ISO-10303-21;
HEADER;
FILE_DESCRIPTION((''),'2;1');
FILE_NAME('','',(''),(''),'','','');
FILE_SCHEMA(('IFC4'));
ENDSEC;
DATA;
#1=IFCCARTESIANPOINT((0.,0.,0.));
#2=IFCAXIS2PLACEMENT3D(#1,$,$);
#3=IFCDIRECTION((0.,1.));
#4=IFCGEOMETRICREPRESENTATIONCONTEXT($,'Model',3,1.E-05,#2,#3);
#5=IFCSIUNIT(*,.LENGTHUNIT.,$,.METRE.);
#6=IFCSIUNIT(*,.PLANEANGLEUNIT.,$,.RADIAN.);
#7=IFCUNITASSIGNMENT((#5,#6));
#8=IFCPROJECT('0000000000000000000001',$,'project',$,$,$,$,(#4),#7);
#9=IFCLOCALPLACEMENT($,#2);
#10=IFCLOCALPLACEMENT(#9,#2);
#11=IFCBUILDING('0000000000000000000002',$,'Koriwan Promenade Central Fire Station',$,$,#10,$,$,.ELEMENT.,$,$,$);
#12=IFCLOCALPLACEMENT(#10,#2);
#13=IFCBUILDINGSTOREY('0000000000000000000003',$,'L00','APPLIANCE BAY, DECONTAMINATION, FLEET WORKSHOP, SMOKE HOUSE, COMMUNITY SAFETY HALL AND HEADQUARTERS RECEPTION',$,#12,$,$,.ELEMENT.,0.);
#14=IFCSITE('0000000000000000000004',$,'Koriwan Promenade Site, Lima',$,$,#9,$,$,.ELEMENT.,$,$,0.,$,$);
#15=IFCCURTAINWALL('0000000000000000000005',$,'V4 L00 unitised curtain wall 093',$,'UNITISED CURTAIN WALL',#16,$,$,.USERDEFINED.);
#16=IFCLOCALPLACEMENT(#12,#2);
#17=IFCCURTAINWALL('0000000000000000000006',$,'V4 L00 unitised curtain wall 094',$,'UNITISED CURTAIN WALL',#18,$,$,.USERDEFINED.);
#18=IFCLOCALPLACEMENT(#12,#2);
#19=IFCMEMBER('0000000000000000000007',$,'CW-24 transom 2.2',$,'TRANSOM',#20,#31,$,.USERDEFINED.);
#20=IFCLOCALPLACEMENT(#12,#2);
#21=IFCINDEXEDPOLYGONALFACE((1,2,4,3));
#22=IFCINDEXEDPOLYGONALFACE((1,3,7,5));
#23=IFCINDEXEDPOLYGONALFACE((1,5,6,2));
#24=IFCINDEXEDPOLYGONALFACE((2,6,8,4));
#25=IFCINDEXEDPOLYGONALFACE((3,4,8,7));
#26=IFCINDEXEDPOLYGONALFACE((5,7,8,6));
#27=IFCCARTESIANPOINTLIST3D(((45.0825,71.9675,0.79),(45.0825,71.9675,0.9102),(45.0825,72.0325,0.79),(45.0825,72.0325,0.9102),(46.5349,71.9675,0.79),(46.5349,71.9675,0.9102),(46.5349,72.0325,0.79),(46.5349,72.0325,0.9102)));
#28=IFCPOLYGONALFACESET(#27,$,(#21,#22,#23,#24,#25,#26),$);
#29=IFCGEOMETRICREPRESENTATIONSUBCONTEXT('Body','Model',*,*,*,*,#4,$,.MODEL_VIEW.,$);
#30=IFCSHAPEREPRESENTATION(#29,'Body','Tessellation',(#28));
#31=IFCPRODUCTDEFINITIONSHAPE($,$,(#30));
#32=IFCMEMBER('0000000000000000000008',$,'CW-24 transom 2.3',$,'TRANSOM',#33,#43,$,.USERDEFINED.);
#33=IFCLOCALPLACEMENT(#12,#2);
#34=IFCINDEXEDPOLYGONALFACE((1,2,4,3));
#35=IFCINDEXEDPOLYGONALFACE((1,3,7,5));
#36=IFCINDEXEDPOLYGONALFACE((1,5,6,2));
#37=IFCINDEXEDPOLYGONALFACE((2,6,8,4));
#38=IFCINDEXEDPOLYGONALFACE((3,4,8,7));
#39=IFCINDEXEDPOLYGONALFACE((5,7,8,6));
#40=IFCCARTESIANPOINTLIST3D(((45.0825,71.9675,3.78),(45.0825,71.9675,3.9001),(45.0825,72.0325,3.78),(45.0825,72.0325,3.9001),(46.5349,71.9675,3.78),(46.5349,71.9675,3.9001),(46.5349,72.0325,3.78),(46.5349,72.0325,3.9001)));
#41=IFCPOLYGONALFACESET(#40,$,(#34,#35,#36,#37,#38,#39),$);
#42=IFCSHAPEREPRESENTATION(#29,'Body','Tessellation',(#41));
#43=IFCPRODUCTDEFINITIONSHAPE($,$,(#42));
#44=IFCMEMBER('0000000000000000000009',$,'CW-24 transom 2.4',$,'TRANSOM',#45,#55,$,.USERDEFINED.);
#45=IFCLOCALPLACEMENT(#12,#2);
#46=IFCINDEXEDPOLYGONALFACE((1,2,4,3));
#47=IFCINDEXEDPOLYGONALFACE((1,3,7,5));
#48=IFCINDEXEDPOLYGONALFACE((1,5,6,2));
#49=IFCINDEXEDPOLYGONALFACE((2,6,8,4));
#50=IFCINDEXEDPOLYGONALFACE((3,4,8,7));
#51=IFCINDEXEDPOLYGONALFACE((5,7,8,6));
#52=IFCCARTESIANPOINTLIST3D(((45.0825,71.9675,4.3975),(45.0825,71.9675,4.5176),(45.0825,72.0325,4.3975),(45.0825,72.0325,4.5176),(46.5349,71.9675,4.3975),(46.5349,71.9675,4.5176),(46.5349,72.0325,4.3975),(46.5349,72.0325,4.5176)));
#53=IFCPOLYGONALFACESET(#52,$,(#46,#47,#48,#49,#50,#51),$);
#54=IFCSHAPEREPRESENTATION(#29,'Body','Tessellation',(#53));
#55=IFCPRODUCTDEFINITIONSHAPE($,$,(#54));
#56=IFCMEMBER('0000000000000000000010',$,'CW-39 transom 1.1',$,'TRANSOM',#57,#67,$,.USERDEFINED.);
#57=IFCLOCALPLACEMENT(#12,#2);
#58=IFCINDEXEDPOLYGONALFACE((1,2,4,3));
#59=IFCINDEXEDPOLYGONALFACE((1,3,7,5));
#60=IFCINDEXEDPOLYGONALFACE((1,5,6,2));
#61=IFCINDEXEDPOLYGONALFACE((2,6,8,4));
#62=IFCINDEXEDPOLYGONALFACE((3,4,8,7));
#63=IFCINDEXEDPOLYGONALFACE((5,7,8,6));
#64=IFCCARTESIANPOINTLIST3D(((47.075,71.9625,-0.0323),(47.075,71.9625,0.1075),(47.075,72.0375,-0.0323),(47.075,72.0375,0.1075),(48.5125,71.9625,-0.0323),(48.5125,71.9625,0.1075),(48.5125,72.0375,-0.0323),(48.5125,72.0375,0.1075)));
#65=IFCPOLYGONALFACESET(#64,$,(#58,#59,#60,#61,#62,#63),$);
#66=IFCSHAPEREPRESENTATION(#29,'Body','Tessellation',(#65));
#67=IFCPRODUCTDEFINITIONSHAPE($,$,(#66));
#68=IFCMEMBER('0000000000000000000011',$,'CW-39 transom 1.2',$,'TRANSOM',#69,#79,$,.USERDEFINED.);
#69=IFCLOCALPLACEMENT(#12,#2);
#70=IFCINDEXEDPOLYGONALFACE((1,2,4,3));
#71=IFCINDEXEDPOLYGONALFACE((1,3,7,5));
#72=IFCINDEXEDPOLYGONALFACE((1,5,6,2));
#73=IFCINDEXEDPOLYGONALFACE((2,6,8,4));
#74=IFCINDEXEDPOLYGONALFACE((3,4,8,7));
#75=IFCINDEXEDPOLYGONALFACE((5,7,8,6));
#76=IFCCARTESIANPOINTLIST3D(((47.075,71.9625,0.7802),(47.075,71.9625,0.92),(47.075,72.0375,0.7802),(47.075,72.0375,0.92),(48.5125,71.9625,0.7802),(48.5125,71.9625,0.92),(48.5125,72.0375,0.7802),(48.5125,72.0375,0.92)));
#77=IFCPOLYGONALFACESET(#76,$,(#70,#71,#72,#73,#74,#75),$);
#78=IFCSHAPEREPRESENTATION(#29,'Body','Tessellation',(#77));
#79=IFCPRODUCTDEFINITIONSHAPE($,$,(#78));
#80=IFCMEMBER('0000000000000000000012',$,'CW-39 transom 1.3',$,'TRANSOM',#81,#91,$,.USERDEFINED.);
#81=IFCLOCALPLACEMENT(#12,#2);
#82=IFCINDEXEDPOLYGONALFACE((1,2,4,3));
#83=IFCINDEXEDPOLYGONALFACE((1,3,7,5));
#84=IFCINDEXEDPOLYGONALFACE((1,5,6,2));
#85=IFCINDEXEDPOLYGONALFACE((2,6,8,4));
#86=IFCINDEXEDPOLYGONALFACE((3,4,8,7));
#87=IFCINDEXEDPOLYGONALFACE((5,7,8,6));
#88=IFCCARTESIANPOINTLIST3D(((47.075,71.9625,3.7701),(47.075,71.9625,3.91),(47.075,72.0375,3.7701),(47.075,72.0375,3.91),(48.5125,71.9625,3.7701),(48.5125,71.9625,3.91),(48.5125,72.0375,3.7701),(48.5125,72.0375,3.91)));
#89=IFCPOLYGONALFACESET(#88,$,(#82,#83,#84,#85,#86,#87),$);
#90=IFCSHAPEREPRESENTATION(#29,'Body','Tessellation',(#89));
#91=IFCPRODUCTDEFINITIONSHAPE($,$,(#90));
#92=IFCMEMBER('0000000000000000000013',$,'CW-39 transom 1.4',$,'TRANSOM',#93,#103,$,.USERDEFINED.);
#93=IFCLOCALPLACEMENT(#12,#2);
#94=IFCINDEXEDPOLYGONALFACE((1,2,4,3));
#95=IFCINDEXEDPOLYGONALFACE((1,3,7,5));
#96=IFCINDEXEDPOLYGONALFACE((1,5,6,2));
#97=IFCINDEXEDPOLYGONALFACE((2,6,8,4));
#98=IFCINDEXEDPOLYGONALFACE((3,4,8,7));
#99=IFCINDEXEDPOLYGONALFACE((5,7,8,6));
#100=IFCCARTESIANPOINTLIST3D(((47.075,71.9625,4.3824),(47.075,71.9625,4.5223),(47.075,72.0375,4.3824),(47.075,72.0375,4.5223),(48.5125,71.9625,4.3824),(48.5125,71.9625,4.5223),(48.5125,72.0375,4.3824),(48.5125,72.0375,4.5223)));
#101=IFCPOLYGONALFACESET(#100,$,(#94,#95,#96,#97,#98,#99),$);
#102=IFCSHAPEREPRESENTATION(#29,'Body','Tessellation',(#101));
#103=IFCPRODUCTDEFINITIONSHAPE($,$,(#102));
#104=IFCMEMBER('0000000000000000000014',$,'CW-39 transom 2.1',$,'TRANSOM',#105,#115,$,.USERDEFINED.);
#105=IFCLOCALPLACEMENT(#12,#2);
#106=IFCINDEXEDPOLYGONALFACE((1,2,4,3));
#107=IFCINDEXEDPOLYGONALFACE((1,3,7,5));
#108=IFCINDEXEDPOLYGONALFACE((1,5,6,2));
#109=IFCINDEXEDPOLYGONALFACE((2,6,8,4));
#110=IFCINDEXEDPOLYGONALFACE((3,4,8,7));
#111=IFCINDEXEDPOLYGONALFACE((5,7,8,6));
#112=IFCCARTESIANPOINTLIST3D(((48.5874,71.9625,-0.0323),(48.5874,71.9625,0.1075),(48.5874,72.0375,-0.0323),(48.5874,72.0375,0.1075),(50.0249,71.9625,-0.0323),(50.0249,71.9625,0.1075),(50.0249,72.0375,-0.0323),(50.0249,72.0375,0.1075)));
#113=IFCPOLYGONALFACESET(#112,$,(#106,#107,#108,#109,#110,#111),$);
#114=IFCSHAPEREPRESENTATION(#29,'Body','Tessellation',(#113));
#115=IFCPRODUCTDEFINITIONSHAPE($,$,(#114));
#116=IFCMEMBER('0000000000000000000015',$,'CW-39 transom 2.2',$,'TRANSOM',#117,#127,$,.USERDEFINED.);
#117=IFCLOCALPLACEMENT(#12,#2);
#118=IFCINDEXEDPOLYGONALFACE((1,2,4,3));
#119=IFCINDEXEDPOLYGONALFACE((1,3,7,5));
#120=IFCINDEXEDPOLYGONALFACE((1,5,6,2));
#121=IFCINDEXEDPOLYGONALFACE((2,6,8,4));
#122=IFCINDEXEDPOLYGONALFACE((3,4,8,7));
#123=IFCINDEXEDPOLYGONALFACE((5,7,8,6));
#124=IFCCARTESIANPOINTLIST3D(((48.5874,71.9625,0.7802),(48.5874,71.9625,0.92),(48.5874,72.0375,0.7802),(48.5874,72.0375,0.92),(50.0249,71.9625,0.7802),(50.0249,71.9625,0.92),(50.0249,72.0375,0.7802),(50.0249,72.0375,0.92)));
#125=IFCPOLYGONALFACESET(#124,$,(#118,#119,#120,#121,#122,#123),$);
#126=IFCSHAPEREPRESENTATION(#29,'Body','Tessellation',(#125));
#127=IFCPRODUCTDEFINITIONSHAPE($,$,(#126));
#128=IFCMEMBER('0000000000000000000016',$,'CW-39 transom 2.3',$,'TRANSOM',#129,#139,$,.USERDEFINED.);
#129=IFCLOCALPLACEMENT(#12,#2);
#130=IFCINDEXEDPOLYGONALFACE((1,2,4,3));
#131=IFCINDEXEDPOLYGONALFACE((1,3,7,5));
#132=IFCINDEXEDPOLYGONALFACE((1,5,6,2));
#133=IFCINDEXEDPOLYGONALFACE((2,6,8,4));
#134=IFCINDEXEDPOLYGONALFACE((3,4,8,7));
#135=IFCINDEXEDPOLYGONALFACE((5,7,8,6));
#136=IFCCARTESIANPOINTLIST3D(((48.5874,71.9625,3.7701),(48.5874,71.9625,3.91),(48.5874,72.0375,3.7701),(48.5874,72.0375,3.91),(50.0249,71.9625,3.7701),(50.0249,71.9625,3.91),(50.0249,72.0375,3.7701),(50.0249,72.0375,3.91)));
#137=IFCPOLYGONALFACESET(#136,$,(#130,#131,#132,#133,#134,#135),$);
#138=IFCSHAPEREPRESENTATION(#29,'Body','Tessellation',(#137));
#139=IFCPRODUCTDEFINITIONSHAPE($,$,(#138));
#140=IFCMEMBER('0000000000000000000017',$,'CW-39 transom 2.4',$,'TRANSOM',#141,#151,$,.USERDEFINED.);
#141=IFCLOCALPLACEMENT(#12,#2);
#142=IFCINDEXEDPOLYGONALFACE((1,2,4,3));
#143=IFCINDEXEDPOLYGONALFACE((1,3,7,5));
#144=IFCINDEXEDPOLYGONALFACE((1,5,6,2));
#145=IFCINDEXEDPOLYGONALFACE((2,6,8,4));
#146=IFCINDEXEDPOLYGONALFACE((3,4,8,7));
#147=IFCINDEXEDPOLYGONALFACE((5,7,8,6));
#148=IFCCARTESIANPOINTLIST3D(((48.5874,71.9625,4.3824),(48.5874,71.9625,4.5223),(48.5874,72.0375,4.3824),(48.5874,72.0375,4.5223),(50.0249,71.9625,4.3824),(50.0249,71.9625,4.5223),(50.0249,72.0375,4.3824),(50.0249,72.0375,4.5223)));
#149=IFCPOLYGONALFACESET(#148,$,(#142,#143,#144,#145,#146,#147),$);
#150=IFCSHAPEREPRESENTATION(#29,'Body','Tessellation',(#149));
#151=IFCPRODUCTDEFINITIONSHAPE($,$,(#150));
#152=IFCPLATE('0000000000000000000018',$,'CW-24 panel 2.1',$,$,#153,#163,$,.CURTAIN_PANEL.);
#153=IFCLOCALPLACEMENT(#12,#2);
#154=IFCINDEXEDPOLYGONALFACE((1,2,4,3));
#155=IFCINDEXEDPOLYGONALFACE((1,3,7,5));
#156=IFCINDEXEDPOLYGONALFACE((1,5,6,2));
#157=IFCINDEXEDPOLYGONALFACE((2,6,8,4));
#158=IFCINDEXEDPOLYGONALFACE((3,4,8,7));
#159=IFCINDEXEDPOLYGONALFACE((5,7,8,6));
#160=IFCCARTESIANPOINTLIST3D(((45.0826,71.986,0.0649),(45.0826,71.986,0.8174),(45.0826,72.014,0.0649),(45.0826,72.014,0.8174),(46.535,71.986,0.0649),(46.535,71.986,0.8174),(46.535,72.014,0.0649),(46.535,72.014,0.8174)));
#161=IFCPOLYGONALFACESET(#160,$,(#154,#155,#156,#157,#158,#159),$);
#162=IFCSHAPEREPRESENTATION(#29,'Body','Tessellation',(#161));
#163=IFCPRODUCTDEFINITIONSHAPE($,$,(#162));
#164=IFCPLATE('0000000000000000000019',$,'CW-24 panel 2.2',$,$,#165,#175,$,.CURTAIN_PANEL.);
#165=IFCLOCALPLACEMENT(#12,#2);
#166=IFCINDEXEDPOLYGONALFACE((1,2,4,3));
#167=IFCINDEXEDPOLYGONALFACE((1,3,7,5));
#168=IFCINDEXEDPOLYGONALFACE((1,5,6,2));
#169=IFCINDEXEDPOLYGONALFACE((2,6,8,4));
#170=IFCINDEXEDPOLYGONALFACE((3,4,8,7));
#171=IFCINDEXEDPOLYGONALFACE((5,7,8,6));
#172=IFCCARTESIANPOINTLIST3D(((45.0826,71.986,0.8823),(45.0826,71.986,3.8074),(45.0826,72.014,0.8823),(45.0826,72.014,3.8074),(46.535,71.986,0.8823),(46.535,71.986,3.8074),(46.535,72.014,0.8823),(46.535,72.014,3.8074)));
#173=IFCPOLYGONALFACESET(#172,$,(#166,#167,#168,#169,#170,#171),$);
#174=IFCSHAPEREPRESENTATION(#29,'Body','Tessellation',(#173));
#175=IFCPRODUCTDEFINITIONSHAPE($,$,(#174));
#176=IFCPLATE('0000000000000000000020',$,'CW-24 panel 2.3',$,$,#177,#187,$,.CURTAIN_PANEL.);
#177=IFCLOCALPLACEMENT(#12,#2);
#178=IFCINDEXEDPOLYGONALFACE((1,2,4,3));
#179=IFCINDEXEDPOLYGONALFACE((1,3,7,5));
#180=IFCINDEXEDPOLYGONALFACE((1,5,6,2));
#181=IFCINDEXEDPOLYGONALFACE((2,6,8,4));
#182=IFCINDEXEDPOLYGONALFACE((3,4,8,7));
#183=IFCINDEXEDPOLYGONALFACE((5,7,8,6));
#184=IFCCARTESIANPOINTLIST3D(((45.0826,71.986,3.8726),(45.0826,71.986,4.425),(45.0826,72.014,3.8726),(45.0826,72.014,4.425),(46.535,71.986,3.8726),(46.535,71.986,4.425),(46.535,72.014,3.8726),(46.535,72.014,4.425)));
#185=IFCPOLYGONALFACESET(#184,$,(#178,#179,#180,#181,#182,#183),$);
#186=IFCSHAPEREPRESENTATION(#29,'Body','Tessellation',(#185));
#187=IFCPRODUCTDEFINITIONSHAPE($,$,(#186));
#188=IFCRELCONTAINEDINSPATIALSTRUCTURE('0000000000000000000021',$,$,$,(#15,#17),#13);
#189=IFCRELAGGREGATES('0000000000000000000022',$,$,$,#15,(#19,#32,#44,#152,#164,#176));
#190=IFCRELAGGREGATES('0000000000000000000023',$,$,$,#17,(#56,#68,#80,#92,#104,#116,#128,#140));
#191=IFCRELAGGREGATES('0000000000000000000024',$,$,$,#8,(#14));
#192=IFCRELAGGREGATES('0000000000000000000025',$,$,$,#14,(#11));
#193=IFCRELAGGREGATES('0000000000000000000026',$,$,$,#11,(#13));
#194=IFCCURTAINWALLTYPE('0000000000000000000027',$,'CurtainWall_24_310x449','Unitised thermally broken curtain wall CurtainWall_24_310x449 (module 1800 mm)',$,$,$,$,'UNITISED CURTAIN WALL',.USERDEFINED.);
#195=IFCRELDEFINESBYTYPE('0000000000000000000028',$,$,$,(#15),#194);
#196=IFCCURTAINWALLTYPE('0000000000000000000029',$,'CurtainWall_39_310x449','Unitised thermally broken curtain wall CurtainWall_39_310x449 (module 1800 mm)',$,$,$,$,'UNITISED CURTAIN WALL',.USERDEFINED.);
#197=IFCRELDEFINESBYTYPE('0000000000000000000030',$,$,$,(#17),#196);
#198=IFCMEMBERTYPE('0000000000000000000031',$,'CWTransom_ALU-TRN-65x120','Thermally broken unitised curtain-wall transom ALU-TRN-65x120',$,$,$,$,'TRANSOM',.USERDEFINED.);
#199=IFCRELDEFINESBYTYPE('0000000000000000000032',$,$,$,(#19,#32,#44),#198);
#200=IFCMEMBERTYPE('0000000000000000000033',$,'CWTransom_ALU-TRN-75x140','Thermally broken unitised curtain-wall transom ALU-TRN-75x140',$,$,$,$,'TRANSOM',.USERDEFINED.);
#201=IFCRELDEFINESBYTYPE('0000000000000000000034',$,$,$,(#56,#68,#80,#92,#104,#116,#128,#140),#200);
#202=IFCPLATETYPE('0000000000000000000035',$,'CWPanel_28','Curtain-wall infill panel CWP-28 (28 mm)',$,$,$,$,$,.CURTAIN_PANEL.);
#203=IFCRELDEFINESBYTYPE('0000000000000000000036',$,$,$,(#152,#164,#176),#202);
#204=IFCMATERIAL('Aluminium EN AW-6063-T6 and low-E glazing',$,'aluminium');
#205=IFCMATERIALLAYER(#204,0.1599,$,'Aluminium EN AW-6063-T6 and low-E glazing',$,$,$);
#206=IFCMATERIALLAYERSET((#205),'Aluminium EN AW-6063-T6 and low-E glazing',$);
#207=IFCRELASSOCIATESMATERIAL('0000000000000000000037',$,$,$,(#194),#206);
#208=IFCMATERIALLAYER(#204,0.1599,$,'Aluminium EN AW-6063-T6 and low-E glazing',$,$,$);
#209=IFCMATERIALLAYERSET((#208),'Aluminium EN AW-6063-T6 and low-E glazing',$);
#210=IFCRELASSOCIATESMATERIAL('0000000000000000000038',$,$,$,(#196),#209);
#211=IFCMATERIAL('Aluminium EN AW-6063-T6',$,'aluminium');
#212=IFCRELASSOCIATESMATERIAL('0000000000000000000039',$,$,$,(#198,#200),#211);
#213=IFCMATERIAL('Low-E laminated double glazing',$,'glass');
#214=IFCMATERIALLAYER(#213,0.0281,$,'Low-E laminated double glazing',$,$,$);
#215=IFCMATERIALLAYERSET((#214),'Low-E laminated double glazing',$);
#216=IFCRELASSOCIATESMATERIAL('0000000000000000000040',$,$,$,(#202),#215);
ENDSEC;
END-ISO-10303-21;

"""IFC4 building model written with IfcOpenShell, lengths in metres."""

from ifc_helpers import new_model, si_unit, direction, frame, origin, origin_2d, place, context, subcontext, project, spatial, rectangle, extrude, material, layer, layer_set, material_profile, profile_set, type_object, element, aggregate, save


model = new_model("IFC4")

# Units and contexts
model_context = context("Model", 3, precision=1e-05, world=origin(), true_north=direction((0.0, 1.0)))
body_context = subcontext(model_context, "Body", "Model", "MODEL_VIEW")
ifc_project = project(units=[si_unit("LENGTHUNIT", "METRE"), si_unit("PLANEANGLEUNIT", "RADIAN")], contexts=[model_context])

# Site, building, storey
site_placement = place(None, origin())
site = spatial("IfcSite", under=ifc_project, at=site_placement, Name="Koriwan Promenade Site, Lima", CompositionType="ELEMENT", RefElevation=0.0)
building_placement = place(site_placement, origin())
building = spatial("IfcBuilding", under=site, at=building_placement, Name="Koriwan Promenade Central Fire Station", CompositionType="ELEMENT")
storey_placement = place(building_placement, origin())
storey = spatial("IfcBuildingStorey", under=building, at=storey_placement, Name="L00", Description="APPLIANCE BAY, DECONTAMINATION, FLEET WORKSHOP, SMOKE HOUSE, COMMUNITY SAFETY HALL AND HEADQUARTERS RECEPTION", CompositionType="ELEMENT", Elevation=0.0)

# Curtain wall
ifc_material_1 = material(Name="Aluminium EN AW-6063-T6 and low-E glazing", Category="aluminium")
ifc_layer_1 = layer(ifc_material_1, 0.1599, Name="Aluminium EN AW-6063-T6 and low-E glazing")
ifc_layer_set_1 = layer_set([ifc_layer_1], Name="Aluminium EN AW-6063-T6 and low-E glazing")
curtain_wall_type_1 = type_object("IfcCurtainWallType", Name="CurtainWall_24_310x449", Description="Unitised thermally broken curtain wall CurtainWall_24_310x449 (module 1800 mm)", ElementType="UNITISED CURTAIN WALL", PredefinedType="USERDEFINED", material=ifc_layer_set_1)
curtain_wall_1_placement = place(storey_placement, origin())
curtain_wall_1 = element("IfcCurtainWall", 1, at=curtain_wall_1_placement, inside=storey, type_object=curtain_wall_type_1, Name="V4 L00 unitised curtain wall 093", ObjectType="UNITISED CURTAIN WALL", PredefinedType="USERDEFINED")
ifc_material_2 = material(Name="Aluminium EN AW-6063-T6", Category="aluminium")

# Curtain wall
ifc_layer_2 = layer(ifc_material_1, 0.1599, Name="Aluminium EN AW-6063-T6 and low-E glazing")
ifc_layer_set_2 = layer_set([ifc_layer_2], Name="Aluminium EN AW-6063-T6 and low-E glazing")
curtain_wall_type_2 = type_object("IfcCurtainWallType", Name="CurtainWall_39_310x449", Description="Unitised thermally broken curtain wall CurtainWall_39_310x449 (module 1800 mm)", ElementType="UNITISED CURTAIN WALL", PredefinedType="USERDEFINED", material=ifc_layer_set_2)
curtain_wall_2_placement = place(storey_placement, origin())
curtain_wall_2 = element("IfcCurtainWall", 2, at=curtain_wall_2_placement, inside=storey, type_object=curtain_wall_type_2, Name="V4 L00 unitised curtain wall 094", ObjectType="UNITISED CURTAIN WALL", PredefinedType="USERDEFINED")

# Members
ifc_material_profile_1 = material_profile(ifc_material_2, rectangle(XDim=0.0649, YDim=0.1201, at=origin_2d()), Name="ALU-TRN-65x120")
ifc_profile_set_1 = profile_set([ifc_material_profile_1], Name="Aluminium EN AW-6063-T6")
member_type_1 = type_object("IfcMemberType", Name="CWTransom_ALU-TRN-65x120", Description="Thermally broken unitised curtain-wall transom ALU-TRN-65x120", ElementType="TRANSOM", PredefinedType="USERDEFINED", material=ifc_profile_set_1)
member_1_placement = place(storey_placement, frame((45.0825, 72.0, 0.8501), z_axis=(1.0, 0.0, 0.0), x_axis=(0.0, 1.0, 0.0)))
member_1 = element("IfcMember", 3, at=member_1_placement, type_object=member_type_1, Name="CW-24 transom 2.2", ObjectType="TRANSOM", PredefinedType="USERDEFINED", context=body_context, shape_type="SweptSolid", body=[
    extrude(rectangle(XDim=0.0649, YDim=0.1201, at=origin_2d()), origin(), (0.0, 0.0, 1.0), 1.4524),
])
member_2_placement = place(storey_placement, frame((45.0825, 72.0, 3.8401), z_axis=(1.0, 0.0, 0.0), x_axis=(0.0, 1.0, 0.0)))
member_2 = element("IfcMember", 4, at=member_2_placement, type_object=member_type_1, Name="CW-24 transom 2.3", ObjectType="TRANSOM", PredefinedType="USERDEFINED", context=body_context, shape_type="SweptSolid", body=[
    extrude(rectangle(XDim=0.0649, YDim=0.1201, at=origin_2d()), origin(), (0.0, 0.0, 1.0), 1.4524),
])
member_3_placement = place(storey_placement, frame((45.0825, 72.0, 4.4575), z_axis=(1.0, 0.0, 0.0), x_axis=(0.0, 1.0, 0.0)))
member_3 = element("IfcMember", 5, at=member_3_placement, type_object=member_type_1, Name="CW-24 transom 2.4", ObjectType="TRANSOM", PredefinedType="USERDEFINED", context=body_context, shape_type="SweptSolid", body=[
    extrude(rectangle(XDim=0.0649, YDim=0.1201, at=origin_2d()), origin(), (0.0, 0.0, 1.0), 1.4524),
])
ifc_material_profile_2 = material_profile(ifc_material_2, rectangle(XDim=0.075, YDim=0.1399, at=origin_2d()), Name="ALU-TRN-75x140")
ifc_profile_set_2 = profile_set([ifc_material_profile_2], Name="Aluminium EN AW-6063-T6")
member_type_2 = type_object("IfcMemberType", Name="CWTransom_ALU-TRN-75x140", Description="Thermally broken unitised curtain-wall transom ALU-TRN-75x140", ElementType="TRANSOM", PredefinedType="USERDEFINED", material=ifc_profile_set_2)
member_4_placement = place(storey_placement, frame((47.075, 72.0, 0.0376), z_axis=(1.0, 0.0, 0.0), x_axis=(0.0, 1.0, 0.0)))
member_4 = element("IfcMember", 6, at=member_4_placement, type_object=member_type_2, Name="CW-39 transom 1.1", ObjectType="TRANSOM", PredefinedType="USERDEFINED", context=body_context, shape_type="SweptSolid", body=[
    extrude(rectangle(XDim=0.075, YDim=0.1399, at=origin_2d()), origin(), (0.0, 0.0, 1.0), 1.4375),
])
member_5_placement = place(storey_placement, frame((47.075, 72.0, 0.8501), z_axis=(1.0, 0.0, 0.0), x_axis=(0.0, 1.0, 0.0)))
member_5 = element("IfcMember", 7, at=member_5_placement, type_object=member_type_2, Name="CW-39 transom 1.2", ObjectType="TRANSOM", PredefinedType="USERDEFINED", context=body_context, shape_type="SweptSolid", body=[
    extrude(rectangle(XDim=0.075, YDim=0.1399, at=origin_2d()), origin(), (0.0, 0.0, 1.0), 1.4375),
])
member_6_placement = place(storey_placement, frame((47.075, 72.0, 3.8401), z_axis=(1.0, 0.0, 0.0), x_axis=(0.0, 1.0, 0.0)))
member_6 = element("IfcMember", 8, at=member_6_placement, type_object=member_type_2, Name="CW-39 transom 1.3", ObjectType="TRANSOM", PredefinedType="USERDEFINED", context=body_context, shape_type="SweptSolid", body=[
    extrude(rectangle(XDim=0.075, YDim=0.1399, at=origin_2d()), origin(), (0.0, 0.0, 1.0), 1.4375),
])
member_7_placement = place(storey_placement, frame((47.075, 72.0, 4.4524), z_axis=(1.0, 0.0, 0.0), x_axis=(0.0, 1.0, 0.0)))
member_7 = element("IfcMember", 9, at=member_7_placement, type_object=member_type_2, Name="CW-39 transom 1.4", ObjectType="TRANSOM", PredefinedType="USERDEFINED", context=body_context, shape_type="SweptSolid", body=[
    extrude(rectangle(XDim=0.075, YDim=0.1399, at=origin_2d()), origin(), (0.0, 0.0, 1.0), 1.4375),
])
member_8_placement = place(storey_placement, frame((48.5874, 72.0, 0.0376), z_axis=(1.0, 0.0, 0.0), x_axis=(0.0, 1.0, 0.0)))
member_8 = element("IfcMember", 10, at=member_8_placement, type_object=member_type_2, Name="CW-39 transom 2.1", ObjectType="TRANSOM", PredefinedType="USERDEFINED", context=body_context, shape_type="SweptSolid", body=[
    extrude(rectangle(XDim=0.075, YDim=0.1399, at=origin_2d()), origin(), (0.0, 0.0, 1.0), 1.4375),
])
member_9_placement = place(storey_placement, frame((48.5874, 72.0, 0.8501), z_axis=(1.0, 0.0, 0.0), x_axis=(0.0, 1.0, 0.0)))
member_9 = element("IfcMember", 11, at=member_9_placement, type_object=member_type_2, Name="CW-39 transom 2.2", ObjectType="TRANSOM", PredefinedType="USERDEFINED", context=body_context, shape_type="SweptSolid", body=[
    extrude(rectangle(XDim=0.075, YDim=0.1399, at=origin_2d()), origin(), (0.0, 0.0, 1.0), 1.4375),
])
member_10_placement = place(storey_placement, frame((48.5874, 72.0, 3.8401), z_axis=(1.0, 0.0, 0.0), x_axis=(0.0, 1.0, 0.0)))
member_10 = element("IfcMember", 12, at=member_10_placement, type_object=member_type_2, Name="CW-39 transom 2.3", ObjectType="TRANSOM", PredefinedType="USERDEFINED", context=body_context, shape_type="SweptSolid", body=[
    extrude(rectangle(XDim=0.075, YDim=0.1399, at=origin_2d()), origin(), (0.0, 0.0, 1.0), 1.4375),
])
member_11_placement = place(storey_placement, frame((48.5874, 72.0, 4.4524), z_axis=(1.0, 0.0, 0.0), x_axis=(0.0, 1.0, 0.0)))
member_11 = element("IfcMember", 13, at=member_11_placement, type_object=member_type_2, Name="CW-39 transom 2.4", ObjectType="TRANSOM", PredefinedType="USERDEFINED", context=body_context, shape_type="SweptSolid", body=[
    extrude(rectangle(XDim=0.075, YDim=0.1399, at=origin_2d()), origin(), (0.0, 0.0, 1.0), 1.4375),
])

# Plates
ifc_material_3 = material(Name="Low-E laminated double glazing", Category="glass")
ifc_layer_3 = layer(ifc_material_3, 0.0281, Name="Low-E laminated double glazing")
ifc_layer_set_3 = layer_set([ifc_layer_3], Name="Low-E laminated double glazing")
plate_type_1 = type_object("IfcPlateType", Name="CWPanel_28", Description="Curtain-wall infill panel CWP-28 (28 mm)", PredefinedType="CURTAIN_PANEL", material=ifc_layer_set_3)
plate_1_placement = place(storey_placement, frame((45.8088, 72.0, 0.0649), z_axis=(0.0, 0.0, 1.0), x_axis=(1.0, 0.0, 0.0)))
plate_1 = element("IfcPlate", 14, at=plate_1_placement, type_object=plate_type_1, Name="CW-24 panel 2.1", PredefinedType="CURTAIN_PANEL", context=body_context, shape_type="SweptSolid", body=[
    extrude(rectangle(XDim=1.4524, YDim=0.0281, at=origin_2d()), origin(), (0.0, 0.0, 1.0), 0.7524),
])
plate_2_placement = place(storey_placement, frame((45.8088, 72.0, 0.8823), z_axis=(0.0, 0.0, 1.0), x_axis=(1.0, 0.0, 0.0)))
plate_2 = element("IfcPlate", 15, at=plate_2_placement, type_object=plate_type_1, Name="CW-24 panel 2.2", PredefinedType="CURTAIN_PANEL", context=body_context, shape_type="SweptSolid", body=[
    extrude(rectangle(XDim=1.4524, YDim=0.0281, at=origin_2d()), origin(), (0.0, 0.0, 1.0), 2.925),
])
plate_3_placement = place(storey_placement, frame((45.8088, 72.0, 3.8726), z_axis=(0.0, 0.0, 1.0), x_axis=(1.0, 0.0, 0.0)))
plate_3 = element("IfcPlate", 16, at=plate_3_placement, type_object=plate_type_1, Name="CW-24 panel 2.3", PredefinedType="CURTAIN_PANEL", context=body_context, shape_type="SweptSolid", body=[
    extrude(rectangle(XDim=1.4524, YDim=0.0281, at=origin_2d()), origin(), (0.0, 0.0, 1.0), 0.5525),
])
aggregate(curtain_wall_1, [member_1, member_2, member_3, plate_1, plate_2, plate_3])
aggregate(curtain_wall_2, [member_4, member_5, member_6, member_7, member_8, member_9, member_10, member_11])

save(model, "model.ifc")
